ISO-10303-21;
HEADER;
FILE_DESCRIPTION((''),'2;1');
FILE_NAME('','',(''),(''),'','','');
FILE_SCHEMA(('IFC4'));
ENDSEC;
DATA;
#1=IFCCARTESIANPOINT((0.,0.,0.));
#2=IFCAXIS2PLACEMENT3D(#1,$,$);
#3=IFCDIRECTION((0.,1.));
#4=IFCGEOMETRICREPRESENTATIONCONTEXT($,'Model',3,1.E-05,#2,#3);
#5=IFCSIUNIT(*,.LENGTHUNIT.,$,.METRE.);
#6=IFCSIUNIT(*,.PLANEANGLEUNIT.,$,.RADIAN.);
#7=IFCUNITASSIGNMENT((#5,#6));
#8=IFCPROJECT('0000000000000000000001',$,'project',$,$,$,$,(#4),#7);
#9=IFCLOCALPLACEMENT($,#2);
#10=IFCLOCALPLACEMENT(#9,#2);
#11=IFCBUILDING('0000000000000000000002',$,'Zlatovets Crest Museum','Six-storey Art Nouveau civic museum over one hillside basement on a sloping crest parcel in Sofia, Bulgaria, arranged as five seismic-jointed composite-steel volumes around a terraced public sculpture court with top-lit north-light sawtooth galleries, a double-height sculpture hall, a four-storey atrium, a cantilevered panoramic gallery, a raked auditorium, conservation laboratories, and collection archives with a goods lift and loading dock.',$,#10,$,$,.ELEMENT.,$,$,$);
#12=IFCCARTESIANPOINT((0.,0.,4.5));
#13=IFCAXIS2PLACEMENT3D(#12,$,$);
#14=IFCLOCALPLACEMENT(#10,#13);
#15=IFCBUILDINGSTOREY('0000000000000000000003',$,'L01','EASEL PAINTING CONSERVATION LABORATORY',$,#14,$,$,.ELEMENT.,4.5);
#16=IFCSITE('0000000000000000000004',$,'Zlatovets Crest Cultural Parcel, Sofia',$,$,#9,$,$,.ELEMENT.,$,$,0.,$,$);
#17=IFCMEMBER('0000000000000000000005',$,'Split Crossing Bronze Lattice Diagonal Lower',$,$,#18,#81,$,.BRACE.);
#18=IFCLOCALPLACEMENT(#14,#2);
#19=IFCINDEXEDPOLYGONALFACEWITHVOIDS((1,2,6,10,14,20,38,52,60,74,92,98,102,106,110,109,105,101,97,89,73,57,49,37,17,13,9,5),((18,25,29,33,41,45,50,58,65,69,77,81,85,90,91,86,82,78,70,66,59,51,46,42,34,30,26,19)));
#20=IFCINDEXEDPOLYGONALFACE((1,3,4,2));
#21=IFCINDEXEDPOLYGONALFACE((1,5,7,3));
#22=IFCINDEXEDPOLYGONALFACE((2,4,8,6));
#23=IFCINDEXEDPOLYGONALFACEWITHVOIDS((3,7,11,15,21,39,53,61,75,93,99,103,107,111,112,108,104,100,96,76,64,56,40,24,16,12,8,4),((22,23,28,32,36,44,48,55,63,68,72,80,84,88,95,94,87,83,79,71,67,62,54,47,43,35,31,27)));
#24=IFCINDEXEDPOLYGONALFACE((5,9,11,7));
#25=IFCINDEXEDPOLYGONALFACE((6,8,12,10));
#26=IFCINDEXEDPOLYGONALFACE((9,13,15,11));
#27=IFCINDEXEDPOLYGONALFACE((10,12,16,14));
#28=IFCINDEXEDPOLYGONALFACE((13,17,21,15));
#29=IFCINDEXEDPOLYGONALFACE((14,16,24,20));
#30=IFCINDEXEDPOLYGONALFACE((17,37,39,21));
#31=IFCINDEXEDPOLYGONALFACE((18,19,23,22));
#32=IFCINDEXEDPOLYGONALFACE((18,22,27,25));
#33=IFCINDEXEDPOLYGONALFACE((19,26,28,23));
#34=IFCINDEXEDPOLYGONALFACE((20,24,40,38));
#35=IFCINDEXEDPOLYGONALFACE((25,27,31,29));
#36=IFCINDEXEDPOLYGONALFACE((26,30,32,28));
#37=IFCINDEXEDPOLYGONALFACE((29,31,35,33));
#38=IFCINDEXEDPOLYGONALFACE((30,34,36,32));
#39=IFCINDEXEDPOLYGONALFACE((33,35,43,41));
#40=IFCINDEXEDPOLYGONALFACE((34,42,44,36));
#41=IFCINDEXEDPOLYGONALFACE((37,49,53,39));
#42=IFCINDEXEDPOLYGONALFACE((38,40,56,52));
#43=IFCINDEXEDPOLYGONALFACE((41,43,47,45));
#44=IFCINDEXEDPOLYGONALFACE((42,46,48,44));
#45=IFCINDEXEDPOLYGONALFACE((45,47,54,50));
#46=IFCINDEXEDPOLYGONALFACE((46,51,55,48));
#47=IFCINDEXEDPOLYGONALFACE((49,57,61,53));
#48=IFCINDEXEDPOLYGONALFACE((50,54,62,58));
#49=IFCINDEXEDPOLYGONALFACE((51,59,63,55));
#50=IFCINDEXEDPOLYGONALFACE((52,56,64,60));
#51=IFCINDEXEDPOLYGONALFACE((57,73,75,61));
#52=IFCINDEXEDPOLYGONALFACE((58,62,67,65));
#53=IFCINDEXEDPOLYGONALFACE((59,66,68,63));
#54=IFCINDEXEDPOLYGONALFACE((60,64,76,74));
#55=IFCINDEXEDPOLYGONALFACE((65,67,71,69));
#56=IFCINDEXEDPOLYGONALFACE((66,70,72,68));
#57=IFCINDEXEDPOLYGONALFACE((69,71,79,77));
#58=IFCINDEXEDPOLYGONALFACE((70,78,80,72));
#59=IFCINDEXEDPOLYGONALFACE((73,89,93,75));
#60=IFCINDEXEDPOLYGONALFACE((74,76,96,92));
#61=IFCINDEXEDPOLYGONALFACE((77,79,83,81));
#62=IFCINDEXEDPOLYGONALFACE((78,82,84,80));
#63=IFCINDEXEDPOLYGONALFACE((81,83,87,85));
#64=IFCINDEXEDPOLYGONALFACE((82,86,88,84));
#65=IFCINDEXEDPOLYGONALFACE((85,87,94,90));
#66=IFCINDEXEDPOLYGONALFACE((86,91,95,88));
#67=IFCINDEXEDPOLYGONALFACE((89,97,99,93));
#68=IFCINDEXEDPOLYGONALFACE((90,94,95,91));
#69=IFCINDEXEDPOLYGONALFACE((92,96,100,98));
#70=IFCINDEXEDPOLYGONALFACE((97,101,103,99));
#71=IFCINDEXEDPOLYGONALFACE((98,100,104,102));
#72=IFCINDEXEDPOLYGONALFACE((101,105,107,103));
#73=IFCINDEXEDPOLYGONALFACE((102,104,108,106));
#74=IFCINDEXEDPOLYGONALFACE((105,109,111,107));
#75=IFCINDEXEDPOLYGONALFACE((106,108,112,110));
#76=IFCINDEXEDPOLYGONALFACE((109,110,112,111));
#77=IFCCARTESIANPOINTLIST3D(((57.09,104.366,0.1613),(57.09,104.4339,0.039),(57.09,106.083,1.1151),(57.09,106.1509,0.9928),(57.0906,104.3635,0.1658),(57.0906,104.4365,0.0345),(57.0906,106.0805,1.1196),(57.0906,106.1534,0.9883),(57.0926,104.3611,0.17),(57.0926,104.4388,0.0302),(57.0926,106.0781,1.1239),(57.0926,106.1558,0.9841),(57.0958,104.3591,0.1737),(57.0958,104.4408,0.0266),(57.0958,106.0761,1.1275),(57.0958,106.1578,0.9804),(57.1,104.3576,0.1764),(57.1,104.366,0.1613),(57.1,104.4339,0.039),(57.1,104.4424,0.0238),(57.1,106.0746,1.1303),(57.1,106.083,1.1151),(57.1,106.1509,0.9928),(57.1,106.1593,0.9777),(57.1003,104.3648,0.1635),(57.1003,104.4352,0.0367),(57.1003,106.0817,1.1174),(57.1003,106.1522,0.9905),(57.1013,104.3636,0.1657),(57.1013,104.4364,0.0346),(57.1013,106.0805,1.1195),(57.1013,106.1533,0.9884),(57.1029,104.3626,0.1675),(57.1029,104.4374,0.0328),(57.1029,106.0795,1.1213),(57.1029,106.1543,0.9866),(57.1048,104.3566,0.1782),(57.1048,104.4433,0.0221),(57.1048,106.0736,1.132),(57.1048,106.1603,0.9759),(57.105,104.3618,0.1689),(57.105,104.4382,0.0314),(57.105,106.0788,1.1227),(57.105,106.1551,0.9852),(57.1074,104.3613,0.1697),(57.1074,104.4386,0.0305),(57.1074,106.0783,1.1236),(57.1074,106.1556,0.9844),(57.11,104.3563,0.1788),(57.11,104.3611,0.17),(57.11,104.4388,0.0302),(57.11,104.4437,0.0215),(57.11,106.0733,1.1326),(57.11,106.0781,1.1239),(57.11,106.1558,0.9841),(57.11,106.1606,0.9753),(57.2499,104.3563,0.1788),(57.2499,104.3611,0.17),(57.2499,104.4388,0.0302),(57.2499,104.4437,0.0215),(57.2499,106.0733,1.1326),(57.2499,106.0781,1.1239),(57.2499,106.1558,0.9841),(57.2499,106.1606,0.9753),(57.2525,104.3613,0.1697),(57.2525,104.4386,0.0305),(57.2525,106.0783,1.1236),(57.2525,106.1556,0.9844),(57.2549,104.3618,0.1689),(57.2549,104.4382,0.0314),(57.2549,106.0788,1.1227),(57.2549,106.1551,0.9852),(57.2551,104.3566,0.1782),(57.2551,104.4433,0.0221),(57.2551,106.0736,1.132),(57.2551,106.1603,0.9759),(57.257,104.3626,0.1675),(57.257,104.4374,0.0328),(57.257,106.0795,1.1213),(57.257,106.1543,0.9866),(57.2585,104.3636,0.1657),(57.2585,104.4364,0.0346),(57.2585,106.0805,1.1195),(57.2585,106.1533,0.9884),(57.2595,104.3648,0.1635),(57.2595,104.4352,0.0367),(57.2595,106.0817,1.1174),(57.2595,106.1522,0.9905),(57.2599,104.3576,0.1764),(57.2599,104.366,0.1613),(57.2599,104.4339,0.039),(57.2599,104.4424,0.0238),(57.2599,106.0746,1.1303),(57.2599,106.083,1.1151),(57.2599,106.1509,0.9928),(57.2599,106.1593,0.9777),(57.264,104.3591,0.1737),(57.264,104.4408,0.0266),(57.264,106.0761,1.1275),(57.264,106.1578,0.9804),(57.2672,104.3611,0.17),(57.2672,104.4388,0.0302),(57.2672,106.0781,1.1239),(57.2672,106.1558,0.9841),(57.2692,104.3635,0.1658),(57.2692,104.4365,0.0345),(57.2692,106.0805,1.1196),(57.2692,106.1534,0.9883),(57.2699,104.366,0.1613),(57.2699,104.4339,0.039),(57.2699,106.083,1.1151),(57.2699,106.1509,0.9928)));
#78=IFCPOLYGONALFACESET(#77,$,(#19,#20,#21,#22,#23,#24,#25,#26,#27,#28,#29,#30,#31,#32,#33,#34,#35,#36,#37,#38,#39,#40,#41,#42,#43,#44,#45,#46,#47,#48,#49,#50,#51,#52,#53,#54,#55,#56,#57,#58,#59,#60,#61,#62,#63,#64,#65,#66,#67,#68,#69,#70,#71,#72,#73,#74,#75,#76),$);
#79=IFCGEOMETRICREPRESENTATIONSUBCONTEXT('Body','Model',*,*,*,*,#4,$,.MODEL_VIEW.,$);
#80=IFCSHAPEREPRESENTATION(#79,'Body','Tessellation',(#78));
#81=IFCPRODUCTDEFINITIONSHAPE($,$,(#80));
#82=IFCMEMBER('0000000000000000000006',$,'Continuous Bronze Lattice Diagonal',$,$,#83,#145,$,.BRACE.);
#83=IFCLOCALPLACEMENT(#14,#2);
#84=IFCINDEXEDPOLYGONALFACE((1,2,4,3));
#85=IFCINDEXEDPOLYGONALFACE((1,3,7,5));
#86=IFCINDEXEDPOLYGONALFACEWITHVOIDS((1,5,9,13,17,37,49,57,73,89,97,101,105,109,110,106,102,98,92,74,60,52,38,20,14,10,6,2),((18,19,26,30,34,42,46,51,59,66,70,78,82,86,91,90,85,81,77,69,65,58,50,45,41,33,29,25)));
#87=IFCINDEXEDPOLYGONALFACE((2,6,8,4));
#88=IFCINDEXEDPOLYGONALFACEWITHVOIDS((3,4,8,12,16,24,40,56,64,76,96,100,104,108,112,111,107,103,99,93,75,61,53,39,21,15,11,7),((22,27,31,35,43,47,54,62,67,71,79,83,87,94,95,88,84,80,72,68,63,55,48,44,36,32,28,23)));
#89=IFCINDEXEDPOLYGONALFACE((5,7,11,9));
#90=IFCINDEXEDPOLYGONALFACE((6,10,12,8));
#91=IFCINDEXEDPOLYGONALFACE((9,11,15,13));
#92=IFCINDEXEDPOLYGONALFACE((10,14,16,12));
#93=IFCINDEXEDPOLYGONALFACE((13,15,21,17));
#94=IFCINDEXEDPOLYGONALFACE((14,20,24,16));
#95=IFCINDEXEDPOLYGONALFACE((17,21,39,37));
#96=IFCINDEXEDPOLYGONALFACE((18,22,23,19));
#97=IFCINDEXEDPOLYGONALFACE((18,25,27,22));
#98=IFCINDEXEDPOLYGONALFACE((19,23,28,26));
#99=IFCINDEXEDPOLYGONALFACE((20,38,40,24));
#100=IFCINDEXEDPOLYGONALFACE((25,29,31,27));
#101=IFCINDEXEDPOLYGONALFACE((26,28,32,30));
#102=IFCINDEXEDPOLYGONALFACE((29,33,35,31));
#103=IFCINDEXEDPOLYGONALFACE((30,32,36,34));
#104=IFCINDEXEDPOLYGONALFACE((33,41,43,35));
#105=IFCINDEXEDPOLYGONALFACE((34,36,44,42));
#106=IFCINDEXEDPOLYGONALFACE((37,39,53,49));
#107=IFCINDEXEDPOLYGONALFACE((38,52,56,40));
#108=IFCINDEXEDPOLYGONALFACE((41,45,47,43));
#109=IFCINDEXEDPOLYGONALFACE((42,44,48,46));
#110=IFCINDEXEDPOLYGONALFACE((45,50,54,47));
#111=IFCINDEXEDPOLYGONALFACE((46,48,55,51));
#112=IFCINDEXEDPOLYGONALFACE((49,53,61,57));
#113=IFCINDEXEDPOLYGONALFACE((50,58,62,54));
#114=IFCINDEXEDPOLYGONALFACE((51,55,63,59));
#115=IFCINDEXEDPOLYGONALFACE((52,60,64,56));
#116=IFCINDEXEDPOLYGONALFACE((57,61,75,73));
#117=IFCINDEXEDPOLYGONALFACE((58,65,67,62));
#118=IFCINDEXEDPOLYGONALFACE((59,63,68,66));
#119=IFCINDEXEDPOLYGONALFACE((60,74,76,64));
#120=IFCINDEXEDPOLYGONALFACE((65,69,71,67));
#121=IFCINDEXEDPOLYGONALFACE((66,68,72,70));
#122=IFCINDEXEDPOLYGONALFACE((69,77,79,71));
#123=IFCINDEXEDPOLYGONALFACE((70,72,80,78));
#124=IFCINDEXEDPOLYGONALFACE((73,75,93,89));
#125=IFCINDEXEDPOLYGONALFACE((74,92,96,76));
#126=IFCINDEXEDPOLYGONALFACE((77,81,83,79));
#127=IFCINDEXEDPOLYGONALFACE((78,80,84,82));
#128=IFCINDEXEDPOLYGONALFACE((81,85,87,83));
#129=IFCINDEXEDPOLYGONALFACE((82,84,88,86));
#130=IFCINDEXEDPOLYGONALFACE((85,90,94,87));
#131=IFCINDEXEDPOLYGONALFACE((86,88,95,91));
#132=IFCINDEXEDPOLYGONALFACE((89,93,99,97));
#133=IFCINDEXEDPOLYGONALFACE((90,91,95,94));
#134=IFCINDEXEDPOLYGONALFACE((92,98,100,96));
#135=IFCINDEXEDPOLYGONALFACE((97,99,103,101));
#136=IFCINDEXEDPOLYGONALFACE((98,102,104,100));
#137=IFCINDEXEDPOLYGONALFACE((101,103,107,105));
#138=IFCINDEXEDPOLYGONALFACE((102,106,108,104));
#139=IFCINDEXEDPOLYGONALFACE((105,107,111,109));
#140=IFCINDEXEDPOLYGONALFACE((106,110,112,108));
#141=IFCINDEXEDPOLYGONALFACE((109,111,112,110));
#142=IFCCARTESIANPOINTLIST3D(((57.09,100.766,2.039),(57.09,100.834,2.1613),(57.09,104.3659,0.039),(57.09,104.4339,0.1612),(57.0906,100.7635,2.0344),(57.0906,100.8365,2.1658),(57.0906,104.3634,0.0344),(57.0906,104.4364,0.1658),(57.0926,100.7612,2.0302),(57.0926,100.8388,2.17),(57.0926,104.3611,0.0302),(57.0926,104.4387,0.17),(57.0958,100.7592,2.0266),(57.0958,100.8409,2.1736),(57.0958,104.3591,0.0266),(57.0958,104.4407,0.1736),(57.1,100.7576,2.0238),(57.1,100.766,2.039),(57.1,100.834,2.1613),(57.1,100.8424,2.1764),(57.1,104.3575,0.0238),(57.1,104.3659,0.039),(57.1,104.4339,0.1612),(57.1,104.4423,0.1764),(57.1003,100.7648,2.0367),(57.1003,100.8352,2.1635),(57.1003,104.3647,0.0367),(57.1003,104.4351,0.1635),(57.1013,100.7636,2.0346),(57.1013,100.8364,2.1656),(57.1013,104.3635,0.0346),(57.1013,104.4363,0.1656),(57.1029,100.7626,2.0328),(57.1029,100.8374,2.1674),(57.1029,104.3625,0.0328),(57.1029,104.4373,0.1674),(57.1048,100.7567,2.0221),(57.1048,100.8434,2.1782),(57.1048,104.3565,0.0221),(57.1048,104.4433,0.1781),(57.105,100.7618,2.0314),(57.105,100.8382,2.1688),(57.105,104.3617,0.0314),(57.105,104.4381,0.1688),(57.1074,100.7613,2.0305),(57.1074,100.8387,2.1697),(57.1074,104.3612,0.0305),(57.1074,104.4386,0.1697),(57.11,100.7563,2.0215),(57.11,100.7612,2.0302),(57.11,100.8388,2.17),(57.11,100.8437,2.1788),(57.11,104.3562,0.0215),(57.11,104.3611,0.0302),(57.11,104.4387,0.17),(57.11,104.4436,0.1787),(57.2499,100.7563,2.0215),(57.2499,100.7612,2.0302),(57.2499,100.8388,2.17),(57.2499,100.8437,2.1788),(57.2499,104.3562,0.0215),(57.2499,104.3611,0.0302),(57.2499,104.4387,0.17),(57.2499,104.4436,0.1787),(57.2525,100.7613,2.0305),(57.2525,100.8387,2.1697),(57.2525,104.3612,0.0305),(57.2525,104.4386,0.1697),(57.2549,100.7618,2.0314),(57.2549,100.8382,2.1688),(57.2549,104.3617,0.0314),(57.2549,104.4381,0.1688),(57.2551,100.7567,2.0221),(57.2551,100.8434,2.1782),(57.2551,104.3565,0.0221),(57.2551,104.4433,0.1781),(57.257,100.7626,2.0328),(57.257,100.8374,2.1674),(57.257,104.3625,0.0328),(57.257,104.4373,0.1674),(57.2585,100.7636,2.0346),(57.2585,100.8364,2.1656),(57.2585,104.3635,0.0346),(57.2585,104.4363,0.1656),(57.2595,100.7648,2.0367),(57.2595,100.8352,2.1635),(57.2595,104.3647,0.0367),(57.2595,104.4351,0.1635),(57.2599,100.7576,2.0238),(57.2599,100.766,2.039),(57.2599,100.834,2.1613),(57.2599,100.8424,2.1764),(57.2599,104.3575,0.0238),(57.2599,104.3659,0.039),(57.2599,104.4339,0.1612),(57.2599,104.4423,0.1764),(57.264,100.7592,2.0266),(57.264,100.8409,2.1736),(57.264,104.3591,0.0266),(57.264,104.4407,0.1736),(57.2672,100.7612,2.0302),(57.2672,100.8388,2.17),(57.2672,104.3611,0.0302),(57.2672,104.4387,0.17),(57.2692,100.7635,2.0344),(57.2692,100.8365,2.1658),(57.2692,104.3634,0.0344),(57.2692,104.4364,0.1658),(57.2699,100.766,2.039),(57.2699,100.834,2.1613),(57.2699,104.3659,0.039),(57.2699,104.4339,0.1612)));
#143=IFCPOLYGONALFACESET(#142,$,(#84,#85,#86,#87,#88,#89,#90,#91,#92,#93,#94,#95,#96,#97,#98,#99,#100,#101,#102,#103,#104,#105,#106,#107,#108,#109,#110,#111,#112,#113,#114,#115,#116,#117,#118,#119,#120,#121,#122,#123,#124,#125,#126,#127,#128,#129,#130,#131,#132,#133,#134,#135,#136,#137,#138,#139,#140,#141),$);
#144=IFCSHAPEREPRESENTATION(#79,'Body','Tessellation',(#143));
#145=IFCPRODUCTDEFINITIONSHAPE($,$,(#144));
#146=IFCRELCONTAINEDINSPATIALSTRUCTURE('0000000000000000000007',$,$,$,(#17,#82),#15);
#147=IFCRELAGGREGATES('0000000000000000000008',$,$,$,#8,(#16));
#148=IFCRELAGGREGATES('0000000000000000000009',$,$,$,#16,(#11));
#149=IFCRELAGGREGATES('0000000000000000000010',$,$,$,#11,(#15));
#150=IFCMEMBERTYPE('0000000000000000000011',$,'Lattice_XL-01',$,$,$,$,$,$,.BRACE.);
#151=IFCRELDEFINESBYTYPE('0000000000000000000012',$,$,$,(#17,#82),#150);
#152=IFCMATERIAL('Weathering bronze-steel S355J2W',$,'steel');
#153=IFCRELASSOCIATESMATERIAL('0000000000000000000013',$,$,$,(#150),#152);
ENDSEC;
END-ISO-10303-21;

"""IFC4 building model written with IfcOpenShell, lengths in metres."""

from ifc_helpers import new_model, si_unit, direction, frame, origin, origin_2d, place, context, subcontext, project, spatial, hollow_rectangle, extrude, material, material_profile, profile_set, type_object, element, save


model = new_model("IFC4")

# Units and contexts
model_context = context("Model", 3, precision=1e-05, world=origin(), true_north=direction((0.0, 1.0)))
body_context = subcontext(model_context, "Body", "Model", "MODEL_VIEW")
ifc_project = project(units=[si_unit("LENGTHUNIT", "METRE"), si_unit("PLANEANGLEUNIT", "RADIAN")], contexts=[model_context])

# Site, building, storey
site_placement = place(None, origin())
site = spatial("IfcSite", under=ifc_project, at=site_placement, Name="Zlatovets Crest Cultural Parcel, Sofia", CompositionType="ELEMENT", RefElevation=0.0)
building_placement = place(site_placement, origin())
building = spatial("IfcBuilding", under=site, at=building_placement, Name="Zlatovets Crest Museum", Description="Six-storey Art Nouveau civic museum over one hillside basement on a sloping crest parcel in Sofia, Bulgaria, arranged as five seismic-jointed composite-steel volumes around a terraced public sculpture court with top-lit north-light sawtooth galleries, a double-height sculpture hall, a four-storey atrium, a cantilevered panoramic gallery, a raked auditorium, conservation laboratories, and collection archives with a goods lift and loading dock.", CompositionType="ELEMENT")
storey_placement = place(building_placement, frame((0.0, 0.0, 4.5)))
storey = spatial("IfcBuildingStorey", under=building, at=storey_placement, Name="L01", Description="EASEL PAINTING CONSERVATION LABORATORY", CompositionType="ELEMENT", Elevation=4.5)

# Members
ifc_material_1 = material(Name="Weathering bronze-steel S355J2W", Category="steel")
ifc_material_profile_1 = material_profile(ifc_material_1, hollow_rectangle(XDim=0.1799, YDim=0.1799, WallThickness=0.01, InnerFilletRadius=0.01, OuterFilletRadius=0.02, at=origin_2d()), Name="SHS 180x180x10.0")
ifc_profile_set_1 = profile_set([ifc_material_profile_1], Name="Weathering bronze-steel S355J2W")
member_type_1 = type_object("IfcMemberType", Name="Lattice_XL-01", PredefinedType="BRACE", material=ifc_profile_set_1)
member_1_placement = place(storey_placement, frame((57.1799, 106.1169, 1.054), z_axis=(0.0, -0.874169, -0.485622), x_axis=(1.0, 0.0, 0.0)))
element("IfcMember", 1, at=member_1_placement, inside=storey, type_object=member_type_1, Name="Split Crossing Bronze Lattice Diagonal Lower", PredefinedType="BRACE", context=body_context, shape_type="SweptSolid", body=[
    extrude(hollow_rectangle(XDim=0.1799, YDim=0.1799, WallThickness=0.01, InnerFilletRadius=0.01, OuterFilletRadius=0.02, at=origin_2d()), origin(), (0.0, 0.0, 1.0), 1.9641),
])
member_2_placement = place(storey_placement, frame((57.1799, 104.3999, 0.1001), z_axis=(0.0, -0.874149, 0.485658), x_axis=(1.0, 0.0, 0.0)))
element("IfcMember", 2, at=member_2_placement, inside=storey, type_object=member_type_1, Name="Continuous Bronze Lattice Diagonal", PredefinedType="BRACE", context=body_context, shape_type="SweptSolid", body=[
    extrude(hollow_rectangle(XDim=0.1799, YDim=0.1799, WallThickness=0.01, InnerFilletRadius=0.01, OuterFilletRadius=0.02, at=origin_2d()), origin(), (0.0, 0.0, 1.0), 4.1182),
])

save(model, "model.ifc")
